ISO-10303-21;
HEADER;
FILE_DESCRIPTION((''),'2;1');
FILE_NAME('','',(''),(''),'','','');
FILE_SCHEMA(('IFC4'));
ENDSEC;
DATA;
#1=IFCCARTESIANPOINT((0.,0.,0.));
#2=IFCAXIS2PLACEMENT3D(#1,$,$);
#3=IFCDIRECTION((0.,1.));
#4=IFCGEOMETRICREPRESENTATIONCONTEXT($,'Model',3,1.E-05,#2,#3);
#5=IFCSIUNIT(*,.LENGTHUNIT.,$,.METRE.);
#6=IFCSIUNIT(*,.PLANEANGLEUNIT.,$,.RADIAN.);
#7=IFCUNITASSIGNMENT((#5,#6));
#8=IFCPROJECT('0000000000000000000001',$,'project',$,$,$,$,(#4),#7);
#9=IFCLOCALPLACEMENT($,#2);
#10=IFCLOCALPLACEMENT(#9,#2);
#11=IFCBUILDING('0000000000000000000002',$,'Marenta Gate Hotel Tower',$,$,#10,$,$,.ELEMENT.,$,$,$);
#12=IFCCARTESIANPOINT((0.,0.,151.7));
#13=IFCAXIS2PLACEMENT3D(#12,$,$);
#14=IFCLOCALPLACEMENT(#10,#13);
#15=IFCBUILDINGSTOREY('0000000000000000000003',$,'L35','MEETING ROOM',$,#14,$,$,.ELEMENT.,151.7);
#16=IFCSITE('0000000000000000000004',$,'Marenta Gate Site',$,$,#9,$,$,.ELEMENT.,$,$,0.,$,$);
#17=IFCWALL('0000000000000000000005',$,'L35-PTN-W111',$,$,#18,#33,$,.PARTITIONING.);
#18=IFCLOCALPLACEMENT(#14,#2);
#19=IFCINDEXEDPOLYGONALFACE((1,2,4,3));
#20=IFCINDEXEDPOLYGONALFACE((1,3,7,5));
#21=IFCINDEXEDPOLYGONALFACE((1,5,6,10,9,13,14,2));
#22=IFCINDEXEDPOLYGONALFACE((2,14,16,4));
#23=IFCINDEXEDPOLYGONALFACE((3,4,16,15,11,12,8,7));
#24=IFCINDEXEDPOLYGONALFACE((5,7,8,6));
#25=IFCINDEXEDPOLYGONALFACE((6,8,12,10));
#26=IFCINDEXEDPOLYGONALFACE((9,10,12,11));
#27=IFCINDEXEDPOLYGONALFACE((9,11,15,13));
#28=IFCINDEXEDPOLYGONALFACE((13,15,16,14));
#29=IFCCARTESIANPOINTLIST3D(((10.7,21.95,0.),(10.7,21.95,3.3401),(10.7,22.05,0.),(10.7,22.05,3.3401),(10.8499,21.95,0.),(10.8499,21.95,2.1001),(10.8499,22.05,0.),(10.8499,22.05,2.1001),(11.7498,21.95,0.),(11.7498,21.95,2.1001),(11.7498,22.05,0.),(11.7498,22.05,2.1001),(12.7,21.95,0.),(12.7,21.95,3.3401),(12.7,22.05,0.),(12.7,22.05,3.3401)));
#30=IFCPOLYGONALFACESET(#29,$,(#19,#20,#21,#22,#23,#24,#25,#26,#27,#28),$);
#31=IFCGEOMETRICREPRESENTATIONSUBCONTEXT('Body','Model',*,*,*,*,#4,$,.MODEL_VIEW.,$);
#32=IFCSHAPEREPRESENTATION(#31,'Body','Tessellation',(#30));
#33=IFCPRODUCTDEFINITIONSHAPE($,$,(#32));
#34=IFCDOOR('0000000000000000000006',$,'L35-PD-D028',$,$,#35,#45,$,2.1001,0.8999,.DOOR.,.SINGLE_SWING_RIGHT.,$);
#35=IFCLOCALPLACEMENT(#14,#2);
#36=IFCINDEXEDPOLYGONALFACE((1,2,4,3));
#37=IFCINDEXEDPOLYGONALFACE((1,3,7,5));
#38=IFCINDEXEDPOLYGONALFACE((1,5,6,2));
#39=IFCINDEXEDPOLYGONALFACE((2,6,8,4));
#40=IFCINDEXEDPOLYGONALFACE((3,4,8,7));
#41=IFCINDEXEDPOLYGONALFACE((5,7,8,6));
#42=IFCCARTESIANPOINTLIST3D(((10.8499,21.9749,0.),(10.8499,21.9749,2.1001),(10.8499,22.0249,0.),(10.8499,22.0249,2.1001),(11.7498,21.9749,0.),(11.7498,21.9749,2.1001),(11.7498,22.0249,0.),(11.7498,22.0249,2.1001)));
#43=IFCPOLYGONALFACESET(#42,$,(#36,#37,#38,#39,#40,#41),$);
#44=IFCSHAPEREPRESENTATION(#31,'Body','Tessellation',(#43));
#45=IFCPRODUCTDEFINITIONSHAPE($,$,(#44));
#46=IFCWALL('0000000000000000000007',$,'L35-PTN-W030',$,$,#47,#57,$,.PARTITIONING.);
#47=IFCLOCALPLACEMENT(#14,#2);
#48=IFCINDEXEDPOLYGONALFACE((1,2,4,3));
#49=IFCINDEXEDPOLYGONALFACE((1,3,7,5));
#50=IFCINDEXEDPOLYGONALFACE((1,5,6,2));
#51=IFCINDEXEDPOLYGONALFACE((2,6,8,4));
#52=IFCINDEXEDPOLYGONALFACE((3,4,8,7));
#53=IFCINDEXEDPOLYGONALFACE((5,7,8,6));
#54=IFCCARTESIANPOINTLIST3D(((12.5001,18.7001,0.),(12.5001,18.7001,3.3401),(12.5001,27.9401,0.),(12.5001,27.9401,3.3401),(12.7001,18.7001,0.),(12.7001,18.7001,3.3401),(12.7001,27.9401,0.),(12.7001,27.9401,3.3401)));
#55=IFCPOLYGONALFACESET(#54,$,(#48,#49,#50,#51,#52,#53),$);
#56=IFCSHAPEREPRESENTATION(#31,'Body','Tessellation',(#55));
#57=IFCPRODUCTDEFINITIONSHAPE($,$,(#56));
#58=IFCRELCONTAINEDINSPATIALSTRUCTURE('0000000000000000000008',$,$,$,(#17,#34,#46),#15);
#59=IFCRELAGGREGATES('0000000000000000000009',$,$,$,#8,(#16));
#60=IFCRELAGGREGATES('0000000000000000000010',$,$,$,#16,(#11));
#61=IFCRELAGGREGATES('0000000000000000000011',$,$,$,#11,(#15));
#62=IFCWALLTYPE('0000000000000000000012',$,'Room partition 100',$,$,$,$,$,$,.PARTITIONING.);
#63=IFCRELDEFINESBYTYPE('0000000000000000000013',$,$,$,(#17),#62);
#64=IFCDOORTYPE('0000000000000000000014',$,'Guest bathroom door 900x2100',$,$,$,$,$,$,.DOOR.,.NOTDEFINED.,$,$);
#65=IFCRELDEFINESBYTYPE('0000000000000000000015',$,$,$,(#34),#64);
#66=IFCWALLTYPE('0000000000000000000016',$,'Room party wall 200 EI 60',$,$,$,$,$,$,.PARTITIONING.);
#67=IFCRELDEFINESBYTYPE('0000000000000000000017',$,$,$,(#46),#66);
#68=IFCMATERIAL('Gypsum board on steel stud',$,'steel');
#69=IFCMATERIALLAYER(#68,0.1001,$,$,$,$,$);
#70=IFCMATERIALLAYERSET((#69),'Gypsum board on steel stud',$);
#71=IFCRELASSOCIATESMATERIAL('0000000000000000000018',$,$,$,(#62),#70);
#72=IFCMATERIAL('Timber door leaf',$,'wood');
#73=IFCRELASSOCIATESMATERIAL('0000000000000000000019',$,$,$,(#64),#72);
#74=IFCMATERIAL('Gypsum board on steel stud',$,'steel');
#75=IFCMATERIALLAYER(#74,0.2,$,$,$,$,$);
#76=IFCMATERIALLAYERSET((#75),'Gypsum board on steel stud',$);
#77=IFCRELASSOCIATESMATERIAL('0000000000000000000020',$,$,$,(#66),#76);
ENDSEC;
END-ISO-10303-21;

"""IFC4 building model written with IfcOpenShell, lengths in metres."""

from ifc_helpers import new_model, si_unit, direction, frame, frame_2d, origin, place, context, subcontext, project, spatial, rectangle, extrude, material, layer, layer_set, type_object, element, fill, save


model = new_model("IFC4")

# Units and contexts
model_context = context("Model", 3, precision=1e-05, world=origin(), true_north=direction((0.0, 1.0)))
body_context = subcontext(model_context, "Body", "Model", "MODEL_VIEW")
ifc_project = project(units=[si_unit("LENGTHUNIT", "METRE"), si_unit("PLANEANGLEUNIT", "RADIAN")], contexts=[model_context])

# Site, building, storey
site_placement = place(None, origin())
site = spatial("IfcSite", under=ifc_project, at=site_placement, Name="Marenta Gate Site", CompositionType="ELEMENT", RefElevation=0.0)
building_placement = place(site_placement, origin())
building = spatial("IfcBuilding", under=site, at=building_placement, Name="Marenta Gate Hotel Tower", CompositionType="ELEMENT")
storey_placement = place(building_placement, frame((0.0, 0.0, 151.7)))
storey = spatial("IfcBuildingStorey", under=building, at=storey_placement, Name="L35", Description="MEETING ROOM", CompositionType="ELEMENT", Elevation=151.7)

# Wall, opening, door
ifc_material_1 = material(Name="Gypsum board on steel stud", Category="steel")
ifc_layer_1 = layer(ifc_material_1, 0.1001)
ifc_layer_set_1 = layer_set([ifc_layer_1], Name="Gypsum board on steel stud")
wall_type_1 = type_object("IfcWallType", Name="Room partition 100", PredefinedType="PARTITIONING", material=ifc_layer_set_1)
wall_1_placement = place(storey_placement, frame((10.7, 22.0, 0.0), z_axis=(0.0, 0.0, 1.0), x_axis=(1.0, 0.0, 0.0)))
wall_1 = element("IfcWall", 1, at=wall_1_placement, inside=storey, type_object=wall_type_1, Name="L35-PTN-W111", PredefinedType="PARTITIONING", context=body_context, shape_type="SweptSolid", body=[
    extrude(rectangle(XDim=2.0, YDim=0.1001, at=frame_2d((1.0, 0.0))), origin(), (0.0, 0.0, 1.0), 3.3401),
])
opening_1_placement = place(wall_1_placement, frame((0.1499, 0.0, 0.0)))
opening_1 = element("IfcOpeningElement", 2, at=opening_1_placement, cuts=wall_1, PredefinedType="OPENING", context=body_context, shape_type="SweptSolid", body=[
    extrude(rectangle(XDim=0.8999, YDim=2.1001, at=frame_2d((0.45, 1.05))), frame((0.0, 0.05, 0.0), z_axis=(0.0, -1.0, 0.0), x_axis=(1.0, 0.0, 0.0)), (0.0, 0.0, 1.0), 0.1001),
])
ifc_material_2 = material(Name="Timber door leaf", Category="wood")
door_type_1 = type_object("IfcDoorType", Name="Guest bathroom door 900x2100", OperationType="NOTDEFINED", PredefinedType="DOOR", material=ifc_material_2)
door_1_placement = place(opening_1_placement, origin())
door_1 = element("IfcDoor", 3, at=door_1_placement, inside=storey, type_object=door_type_1, Name="L35-PD-D028", OperationType="SINGLE_SWING_RIGHT", OverallHeight=2.1001, OverallWidth=0.8999, PredefinedType="DOOR", context=body_context, shape_type="SweptSolid", body=[
    extrude(rectangle(XDim=0.8999, YDim=2.1001, at=frame_2d((0.45, 1.05))), frame((0.0, 0.0249, 0.0), z_axis=(0.0, -1.0, 0.0), x_axis=(1.0, 0.0, 0.0)), (0.0, 0.0, 1.0), 0.05),
])
fill(opening_1, door_1)

# Wall
ifc_material_3 = material(Name="Gypsum board on steel stud", Category="steel")
ifc_layer_2 = layer(ifc_material_3, 0.2)
ifc_layer_set_2 = layer_set([ifc_layer_2], Name="Gypsum board on steel stud")
wall_type_2 = type_object("IfcWallType", Name="Room party wall 200 EI 60", PredefinedType="PARTITIONING", material=ifc_layer_set_2)
wall_2_placement = place(storey_placement, frame((12.6001, 18.7, 0.0), z_axis=(0.0, 0.0, 1.0), x_axis=(0.0, 1.0, 0.0)))
element("IfcWall", 4, at=wall_2_placement, inside=storey, type_object=wall_type_2, Name="L35-PTN-W030", PredefinedType="PARTITIONING", context=body_context, shape_type="SweptSolid", body=[
    extrude(rectangle(XDim=9.24, YDim=0.2, at=frame_2d((4.6201, 0.0))), origin(), (0.0, 0.0, 1.0), 3.3401),
])

save(model, "model.ifc")
